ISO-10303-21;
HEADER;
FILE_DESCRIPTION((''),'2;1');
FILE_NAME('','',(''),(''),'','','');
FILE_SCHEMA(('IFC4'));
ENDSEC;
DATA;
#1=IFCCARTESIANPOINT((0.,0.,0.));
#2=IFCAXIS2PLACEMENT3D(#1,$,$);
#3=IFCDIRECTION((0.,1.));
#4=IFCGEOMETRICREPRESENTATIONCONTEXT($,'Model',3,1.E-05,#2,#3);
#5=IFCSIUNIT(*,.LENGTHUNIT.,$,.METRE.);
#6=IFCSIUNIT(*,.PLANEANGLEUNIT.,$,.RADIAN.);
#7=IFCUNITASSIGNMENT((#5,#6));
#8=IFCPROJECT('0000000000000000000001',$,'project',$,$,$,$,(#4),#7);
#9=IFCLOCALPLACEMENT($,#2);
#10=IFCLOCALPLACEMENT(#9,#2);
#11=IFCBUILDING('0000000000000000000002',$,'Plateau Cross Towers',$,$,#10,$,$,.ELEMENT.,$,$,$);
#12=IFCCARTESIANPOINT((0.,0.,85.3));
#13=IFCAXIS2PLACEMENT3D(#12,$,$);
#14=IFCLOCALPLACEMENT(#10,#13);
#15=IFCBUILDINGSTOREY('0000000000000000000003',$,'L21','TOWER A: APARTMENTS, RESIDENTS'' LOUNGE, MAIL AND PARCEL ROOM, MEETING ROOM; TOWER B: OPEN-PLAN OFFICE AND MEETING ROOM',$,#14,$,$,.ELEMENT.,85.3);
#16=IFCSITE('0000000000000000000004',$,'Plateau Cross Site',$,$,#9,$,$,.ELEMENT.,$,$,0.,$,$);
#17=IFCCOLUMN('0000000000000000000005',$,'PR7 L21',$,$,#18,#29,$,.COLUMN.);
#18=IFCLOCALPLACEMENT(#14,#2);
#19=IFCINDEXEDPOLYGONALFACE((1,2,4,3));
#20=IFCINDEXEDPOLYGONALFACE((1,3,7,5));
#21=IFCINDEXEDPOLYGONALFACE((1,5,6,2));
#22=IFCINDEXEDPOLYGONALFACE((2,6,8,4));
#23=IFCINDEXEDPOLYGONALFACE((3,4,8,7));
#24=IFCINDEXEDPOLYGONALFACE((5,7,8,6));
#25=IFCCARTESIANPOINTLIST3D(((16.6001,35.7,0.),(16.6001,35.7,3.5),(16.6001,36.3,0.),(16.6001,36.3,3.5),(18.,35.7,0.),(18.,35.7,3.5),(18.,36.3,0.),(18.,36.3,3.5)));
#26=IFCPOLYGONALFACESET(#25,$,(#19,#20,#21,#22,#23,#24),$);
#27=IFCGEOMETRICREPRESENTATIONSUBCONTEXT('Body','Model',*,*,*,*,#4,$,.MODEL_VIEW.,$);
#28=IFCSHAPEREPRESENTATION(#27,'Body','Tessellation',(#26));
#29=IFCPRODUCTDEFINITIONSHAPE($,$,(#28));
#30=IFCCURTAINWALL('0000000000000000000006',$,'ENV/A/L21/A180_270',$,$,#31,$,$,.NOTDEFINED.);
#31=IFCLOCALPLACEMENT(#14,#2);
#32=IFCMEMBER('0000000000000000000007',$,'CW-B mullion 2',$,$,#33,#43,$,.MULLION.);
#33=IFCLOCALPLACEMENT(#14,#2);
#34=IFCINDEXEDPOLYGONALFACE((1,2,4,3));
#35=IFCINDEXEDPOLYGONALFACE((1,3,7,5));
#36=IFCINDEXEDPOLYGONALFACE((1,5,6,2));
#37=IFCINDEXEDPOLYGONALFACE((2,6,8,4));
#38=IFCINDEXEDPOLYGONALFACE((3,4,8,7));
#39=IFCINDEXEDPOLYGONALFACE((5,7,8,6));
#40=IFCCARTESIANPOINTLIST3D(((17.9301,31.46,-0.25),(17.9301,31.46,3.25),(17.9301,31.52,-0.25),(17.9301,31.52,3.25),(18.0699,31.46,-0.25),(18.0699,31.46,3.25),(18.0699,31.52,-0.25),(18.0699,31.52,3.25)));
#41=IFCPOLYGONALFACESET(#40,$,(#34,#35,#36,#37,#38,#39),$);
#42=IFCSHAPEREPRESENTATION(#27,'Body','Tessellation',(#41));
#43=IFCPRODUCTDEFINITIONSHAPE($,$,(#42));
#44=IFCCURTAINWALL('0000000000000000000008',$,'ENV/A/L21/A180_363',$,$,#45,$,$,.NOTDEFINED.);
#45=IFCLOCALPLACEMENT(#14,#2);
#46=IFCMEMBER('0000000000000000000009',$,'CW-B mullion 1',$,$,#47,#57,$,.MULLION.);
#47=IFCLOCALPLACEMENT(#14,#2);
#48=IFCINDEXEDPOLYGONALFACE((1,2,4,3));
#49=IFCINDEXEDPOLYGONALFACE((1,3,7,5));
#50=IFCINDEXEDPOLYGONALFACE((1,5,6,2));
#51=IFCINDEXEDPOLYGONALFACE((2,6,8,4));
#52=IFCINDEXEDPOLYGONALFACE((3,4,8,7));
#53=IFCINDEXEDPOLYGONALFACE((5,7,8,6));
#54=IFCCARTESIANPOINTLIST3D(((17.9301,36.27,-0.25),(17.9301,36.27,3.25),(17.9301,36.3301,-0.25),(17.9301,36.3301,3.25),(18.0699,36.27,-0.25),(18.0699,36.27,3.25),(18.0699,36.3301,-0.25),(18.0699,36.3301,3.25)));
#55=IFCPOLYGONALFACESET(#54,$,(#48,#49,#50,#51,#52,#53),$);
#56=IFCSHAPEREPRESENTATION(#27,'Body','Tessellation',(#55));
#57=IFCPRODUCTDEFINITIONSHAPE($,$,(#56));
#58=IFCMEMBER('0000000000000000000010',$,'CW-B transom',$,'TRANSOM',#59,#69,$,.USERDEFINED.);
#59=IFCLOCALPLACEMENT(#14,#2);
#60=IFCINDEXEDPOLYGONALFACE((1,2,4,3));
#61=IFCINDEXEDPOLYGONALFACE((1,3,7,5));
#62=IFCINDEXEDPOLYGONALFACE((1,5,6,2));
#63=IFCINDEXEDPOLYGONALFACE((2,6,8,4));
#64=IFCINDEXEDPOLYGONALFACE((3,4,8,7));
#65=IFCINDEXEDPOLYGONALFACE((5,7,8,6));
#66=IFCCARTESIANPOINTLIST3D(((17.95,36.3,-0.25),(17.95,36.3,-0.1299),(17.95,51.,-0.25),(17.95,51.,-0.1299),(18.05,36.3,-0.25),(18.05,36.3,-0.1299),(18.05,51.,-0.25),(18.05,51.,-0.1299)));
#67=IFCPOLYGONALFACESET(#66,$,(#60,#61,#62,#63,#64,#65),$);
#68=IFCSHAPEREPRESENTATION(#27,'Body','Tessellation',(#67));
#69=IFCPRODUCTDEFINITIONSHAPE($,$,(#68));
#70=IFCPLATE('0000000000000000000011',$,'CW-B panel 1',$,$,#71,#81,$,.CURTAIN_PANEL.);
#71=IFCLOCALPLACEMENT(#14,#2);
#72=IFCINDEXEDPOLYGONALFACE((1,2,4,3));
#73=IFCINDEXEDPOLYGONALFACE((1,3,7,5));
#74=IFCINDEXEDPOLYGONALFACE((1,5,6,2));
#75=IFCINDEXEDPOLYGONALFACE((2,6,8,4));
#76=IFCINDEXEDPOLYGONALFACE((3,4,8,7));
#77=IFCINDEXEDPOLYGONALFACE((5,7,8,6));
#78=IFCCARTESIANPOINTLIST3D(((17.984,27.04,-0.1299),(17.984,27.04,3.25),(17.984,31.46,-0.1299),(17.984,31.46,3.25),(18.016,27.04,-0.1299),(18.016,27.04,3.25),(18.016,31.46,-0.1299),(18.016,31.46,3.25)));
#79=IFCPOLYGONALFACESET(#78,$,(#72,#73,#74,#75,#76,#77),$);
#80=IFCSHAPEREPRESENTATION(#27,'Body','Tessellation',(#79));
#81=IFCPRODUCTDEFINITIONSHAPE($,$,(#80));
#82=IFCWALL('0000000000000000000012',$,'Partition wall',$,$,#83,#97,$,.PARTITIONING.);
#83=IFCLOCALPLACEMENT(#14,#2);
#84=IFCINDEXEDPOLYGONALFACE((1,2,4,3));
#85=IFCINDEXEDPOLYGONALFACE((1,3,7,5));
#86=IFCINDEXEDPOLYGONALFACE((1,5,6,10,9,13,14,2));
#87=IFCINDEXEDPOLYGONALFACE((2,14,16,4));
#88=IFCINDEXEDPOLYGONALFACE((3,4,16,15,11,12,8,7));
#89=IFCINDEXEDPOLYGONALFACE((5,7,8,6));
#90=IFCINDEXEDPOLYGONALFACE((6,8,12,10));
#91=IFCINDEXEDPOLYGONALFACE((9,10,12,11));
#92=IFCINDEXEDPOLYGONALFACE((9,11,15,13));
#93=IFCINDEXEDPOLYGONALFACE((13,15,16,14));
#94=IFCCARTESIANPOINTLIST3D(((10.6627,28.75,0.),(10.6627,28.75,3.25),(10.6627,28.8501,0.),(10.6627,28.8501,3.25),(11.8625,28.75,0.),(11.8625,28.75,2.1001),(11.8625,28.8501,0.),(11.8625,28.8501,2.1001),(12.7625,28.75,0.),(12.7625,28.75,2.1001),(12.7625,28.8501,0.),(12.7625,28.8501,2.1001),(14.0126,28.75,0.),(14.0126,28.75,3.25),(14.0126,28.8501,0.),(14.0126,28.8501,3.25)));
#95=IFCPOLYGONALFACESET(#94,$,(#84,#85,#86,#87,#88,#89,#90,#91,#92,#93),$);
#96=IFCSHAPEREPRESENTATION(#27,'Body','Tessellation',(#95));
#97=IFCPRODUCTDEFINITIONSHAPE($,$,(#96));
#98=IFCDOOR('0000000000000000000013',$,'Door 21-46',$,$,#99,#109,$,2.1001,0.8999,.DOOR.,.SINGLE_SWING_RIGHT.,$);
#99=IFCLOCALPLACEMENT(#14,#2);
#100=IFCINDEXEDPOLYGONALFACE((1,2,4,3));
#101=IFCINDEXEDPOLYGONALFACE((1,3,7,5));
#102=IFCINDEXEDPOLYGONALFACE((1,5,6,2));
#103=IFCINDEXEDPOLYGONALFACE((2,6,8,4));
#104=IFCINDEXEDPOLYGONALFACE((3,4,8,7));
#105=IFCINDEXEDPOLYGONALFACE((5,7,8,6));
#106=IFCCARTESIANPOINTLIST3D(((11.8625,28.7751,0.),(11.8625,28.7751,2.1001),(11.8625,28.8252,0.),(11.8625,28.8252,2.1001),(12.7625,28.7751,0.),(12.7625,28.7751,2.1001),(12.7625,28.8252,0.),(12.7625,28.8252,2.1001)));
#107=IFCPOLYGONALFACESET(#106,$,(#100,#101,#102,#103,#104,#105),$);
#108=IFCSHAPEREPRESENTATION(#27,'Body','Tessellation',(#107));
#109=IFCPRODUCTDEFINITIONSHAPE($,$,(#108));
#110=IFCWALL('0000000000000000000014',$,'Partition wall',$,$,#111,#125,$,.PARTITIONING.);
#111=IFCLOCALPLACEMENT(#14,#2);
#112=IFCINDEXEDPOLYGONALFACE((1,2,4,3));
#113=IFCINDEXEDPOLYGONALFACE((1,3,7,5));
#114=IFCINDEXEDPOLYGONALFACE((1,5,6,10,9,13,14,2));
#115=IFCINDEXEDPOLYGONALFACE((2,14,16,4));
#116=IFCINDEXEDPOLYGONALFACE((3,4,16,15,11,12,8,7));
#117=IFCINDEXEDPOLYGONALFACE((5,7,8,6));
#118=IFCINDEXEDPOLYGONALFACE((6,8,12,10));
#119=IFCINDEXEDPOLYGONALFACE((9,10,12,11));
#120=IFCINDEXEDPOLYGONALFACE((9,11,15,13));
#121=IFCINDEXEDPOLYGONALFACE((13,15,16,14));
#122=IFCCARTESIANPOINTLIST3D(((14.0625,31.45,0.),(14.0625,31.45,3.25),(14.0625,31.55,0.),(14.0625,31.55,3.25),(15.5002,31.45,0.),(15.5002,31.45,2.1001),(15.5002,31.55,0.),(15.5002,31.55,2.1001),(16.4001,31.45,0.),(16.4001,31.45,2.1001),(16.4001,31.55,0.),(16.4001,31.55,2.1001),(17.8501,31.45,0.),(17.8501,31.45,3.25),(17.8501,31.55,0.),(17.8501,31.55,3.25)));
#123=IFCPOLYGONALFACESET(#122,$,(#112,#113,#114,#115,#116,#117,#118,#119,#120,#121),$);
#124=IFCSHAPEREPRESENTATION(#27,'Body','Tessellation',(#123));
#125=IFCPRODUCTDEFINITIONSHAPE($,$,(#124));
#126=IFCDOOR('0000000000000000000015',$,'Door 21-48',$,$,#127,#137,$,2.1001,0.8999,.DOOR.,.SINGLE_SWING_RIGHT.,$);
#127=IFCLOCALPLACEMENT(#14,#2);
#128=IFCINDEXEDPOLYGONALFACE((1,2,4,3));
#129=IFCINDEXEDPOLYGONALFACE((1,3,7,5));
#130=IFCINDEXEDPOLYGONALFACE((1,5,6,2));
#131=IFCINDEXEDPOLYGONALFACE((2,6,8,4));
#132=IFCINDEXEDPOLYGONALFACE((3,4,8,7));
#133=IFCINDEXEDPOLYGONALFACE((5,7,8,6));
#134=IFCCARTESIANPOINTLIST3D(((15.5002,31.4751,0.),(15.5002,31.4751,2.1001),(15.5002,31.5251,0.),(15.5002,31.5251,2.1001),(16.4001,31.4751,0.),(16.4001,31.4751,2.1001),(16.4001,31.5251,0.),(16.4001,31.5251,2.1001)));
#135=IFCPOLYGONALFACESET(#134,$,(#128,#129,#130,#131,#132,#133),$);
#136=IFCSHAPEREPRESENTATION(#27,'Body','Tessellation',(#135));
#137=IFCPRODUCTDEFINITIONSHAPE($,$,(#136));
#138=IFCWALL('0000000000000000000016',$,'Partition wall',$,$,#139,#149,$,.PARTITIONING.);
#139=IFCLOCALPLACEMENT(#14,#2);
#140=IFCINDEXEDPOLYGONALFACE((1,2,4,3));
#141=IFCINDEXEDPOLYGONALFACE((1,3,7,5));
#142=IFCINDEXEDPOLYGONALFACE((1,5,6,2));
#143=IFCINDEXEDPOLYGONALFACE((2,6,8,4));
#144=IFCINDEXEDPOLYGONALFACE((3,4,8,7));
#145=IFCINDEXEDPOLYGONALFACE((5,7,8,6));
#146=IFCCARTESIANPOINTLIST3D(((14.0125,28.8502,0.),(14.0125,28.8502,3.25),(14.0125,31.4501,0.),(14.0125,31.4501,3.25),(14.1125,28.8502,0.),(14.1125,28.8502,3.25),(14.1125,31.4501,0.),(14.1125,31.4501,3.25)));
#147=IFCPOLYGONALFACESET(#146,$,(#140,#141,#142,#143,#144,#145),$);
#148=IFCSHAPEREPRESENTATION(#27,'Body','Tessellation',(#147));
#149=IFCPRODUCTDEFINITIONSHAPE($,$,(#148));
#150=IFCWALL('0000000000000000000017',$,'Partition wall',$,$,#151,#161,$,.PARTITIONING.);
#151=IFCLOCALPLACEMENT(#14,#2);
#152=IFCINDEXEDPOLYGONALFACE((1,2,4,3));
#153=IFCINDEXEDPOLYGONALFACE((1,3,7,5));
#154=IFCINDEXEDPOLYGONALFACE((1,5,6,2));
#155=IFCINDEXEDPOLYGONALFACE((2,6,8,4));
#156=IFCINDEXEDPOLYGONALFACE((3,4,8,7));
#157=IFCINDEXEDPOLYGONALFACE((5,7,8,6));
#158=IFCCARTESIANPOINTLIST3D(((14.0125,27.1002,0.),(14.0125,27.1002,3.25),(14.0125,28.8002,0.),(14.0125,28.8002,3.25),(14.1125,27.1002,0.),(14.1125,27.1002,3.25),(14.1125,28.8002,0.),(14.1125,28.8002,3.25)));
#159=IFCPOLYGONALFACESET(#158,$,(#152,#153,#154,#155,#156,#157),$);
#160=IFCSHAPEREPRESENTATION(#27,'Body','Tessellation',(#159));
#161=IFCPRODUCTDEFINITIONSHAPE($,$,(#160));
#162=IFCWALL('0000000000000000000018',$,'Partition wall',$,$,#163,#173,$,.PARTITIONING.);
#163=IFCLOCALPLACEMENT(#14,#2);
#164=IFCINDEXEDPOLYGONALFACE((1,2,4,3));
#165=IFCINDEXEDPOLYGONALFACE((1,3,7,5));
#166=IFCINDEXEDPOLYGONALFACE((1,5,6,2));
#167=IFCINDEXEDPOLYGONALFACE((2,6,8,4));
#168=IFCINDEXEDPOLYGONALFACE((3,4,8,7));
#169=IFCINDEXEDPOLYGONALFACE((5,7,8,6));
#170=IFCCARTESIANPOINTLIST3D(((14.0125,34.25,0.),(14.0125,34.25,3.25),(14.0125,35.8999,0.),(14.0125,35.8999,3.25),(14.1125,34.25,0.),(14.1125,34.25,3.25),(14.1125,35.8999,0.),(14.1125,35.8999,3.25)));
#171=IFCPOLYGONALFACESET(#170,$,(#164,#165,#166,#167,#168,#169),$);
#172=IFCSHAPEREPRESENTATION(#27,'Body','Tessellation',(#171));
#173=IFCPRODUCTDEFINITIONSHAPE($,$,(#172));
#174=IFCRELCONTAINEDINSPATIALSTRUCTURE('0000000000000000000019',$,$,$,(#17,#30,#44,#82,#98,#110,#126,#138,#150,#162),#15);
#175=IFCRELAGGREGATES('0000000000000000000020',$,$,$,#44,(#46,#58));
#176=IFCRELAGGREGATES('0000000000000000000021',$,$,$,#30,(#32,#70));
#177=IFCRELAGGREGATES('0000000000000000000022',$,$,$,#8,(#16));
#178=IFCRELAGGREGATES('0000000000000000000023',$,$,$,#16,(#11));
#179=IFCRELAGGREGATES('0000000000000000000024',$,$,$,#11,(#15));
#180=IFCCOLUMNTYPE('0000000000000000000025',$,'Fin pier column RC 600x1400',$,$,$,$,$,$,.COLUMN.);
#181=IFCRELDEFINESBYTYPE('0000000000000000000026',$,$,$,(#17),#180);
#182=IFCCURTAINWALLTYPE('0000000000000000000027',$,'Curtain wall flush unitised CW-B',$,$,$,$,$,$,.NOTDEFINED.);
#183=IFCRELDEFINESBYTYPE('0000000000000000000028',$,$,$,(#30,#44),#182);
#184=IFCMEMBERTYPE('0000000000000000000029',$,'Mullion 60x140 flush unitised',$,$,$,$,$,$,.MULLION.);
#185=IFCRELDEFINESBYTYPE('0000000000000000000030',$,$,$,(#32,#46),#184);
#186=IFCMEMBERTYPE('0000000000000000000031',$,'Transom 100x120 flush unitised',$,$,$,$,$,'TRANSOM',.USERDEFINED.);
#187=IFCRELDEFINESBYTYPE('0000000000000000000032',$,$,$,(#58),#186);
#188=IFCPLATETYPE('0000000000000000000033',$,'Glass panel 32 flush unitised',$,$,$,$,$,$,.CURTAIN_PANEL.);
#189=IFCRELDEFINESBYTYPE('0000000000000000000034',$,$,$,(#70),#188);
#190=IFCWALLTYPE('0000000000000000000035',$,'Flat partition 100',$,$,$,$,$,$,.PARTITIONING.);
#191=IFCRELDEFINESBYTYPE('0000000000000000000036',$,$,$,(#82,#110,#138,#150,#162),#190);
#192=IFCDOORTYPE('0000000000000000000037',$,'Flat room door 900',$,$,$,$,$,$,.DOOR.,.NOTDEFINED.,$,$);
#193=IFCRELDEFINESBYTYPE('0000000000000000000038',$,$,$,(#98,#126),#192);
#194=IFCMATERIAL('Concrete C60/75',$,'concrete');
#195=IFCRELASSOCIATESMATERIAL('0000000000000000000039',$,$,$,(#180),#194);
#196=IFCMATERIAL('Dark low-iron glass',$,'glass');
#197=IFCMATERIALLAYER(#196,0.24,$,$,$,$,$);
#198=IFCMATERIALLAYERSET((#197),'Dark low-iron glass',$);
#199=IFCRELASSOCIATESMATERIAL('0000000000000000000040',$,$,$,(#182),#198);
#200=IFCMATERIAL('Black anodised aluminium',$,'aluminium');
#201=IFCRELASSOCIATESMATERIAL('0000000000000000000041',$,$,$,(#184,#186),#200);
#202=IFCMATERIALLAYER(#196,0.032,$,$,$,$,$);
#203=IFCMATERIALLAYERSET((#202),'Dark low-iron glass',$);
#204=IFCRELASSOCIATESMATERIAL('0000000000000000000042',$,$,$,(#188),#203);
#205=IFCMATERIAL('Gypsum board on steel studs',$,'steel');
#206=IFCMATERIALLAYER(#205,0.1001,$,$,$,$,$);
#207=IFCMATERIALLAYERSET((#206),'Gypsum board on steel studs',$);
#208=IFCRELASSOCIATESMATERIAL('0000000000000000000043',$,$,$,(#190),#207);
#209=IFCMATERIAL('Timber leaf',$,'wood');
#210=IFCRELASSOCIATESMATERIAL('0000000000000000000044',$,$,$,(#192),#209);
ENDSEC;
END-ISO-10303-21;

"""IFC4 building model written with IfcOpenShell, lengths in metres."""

from ifc_helpers import new_model, si_unit, direction, frame, frame_2d, origin, origin_2d, place, context, subcontext, project, spatial, rectangle, extrude, material, layer, layer_set, material_profile, profile_set, type_object, element, fill, aggregate, save


model = new_model("IFC4")

# Units and contexts
model_context = context("Model", 3, precision=1e-05, world=origin(), true_north=direction((0.0, 1.0)))
body_context = subcontext(model_context, "Body", "Model", "MODEL_VIEW")
ifc_project = project(units=[si_unit("LENGTHUNIT", "METRE"), si_unit("PLANEANGLEUNIT", "RADIAN")], contexts=[model_context])

# Site, building, storey
site_placement = place(None, origin())
site = spatial("IfcSite", under=ifc_project, at=site_placement, Name="Plateau Cross Site", CompositionType="ELEMENT", RefElevation=0.0)
building_placement = place(site_placement, origin())
building = spatial("IfcBuilding", under=site, at=building_placement, Name="Plateau Cross Towers", CompositionType="ELEMENT")
storey_placement = place(building_placement, frame((0.0, 0.0, 85.3)))
storey = spatial("IfcBuildingStorey", under=building, at=storey_placement, Name="L21", Description="TOWER A: APARTMENTS, RESIDENTS' LOUNGE, MAIL AND PARCEL ROOM, MEETING ROOM; TOWER B: OPEN-PLAN OFFICE AND MEETING ROOM", CompositionType="ELEMENT", Elevation=85.3)

# Column
ifc_material_1 = material(Name="Concrete C60/75", Category="concrete")
ifc_material_profile_1 = material_profile(ifc_material_1, rectangle(XDim=0.6001, YDim=1.3999, at=origin_2d()), Name="RC 600x1400")
ifc_profile_set_1 = profile_set([ifc_material_profile_1], Name="Concrete C60/75")
column_type = type_object("IfcColumnType", Name="Fin pier column RC 600x1400", PredefinedType="COLUMN", material=ifc_profile_set_1)
column_placement = place(storey_placement, frame((17.3, 36.0, 0.0), z_axis=(0.0, 0.0, 1.0), x_axis=(0.0, 1.0, 0.0)))
element("IfcColumn", 1, at=column_placement, inside=storey, type_object=column_type, Name="PR7 L21", PredefinedType="COLUMN", context=body_context, shape_type="SweptSolid", body=[
    extrude(rectangle(XDim=0.6001, YDim=1.3999, at=origin_2d()), origin(), (0.0, 0.0, 1.0), 3.5),
])

# Curtain wall, member
ifc_material_2 = material(Name="Dark low-iron glass", Category="glass")
ifc_layer_1 = layer(ifc_material_2, 0.24)
ifc_layer_set_1 = layer_set([ifc_layer_1], Name="Dark low-iron glass")
curtain_wall_type = type_object("IfcCurtainWallType", Name="Curtain wall flush unitised CW-B", PredefinedType="NOTDEFINED", material=ifc_layer_set_1)
curtain_wall_1_placement = place(storey_placement, origin())
curtain_wall_1 = element("IfcCurtainWall", 2, at=curtain_wall_1_placement, inside=storey, type_object=curtain_wall_type, Name="ENV/A/L21/A180_270", PredefinedType="NOTDEFINED")
ifc_material_3 = material(Name="Black anodised aluminium", Category="aluminium")
ifc_material_profile_2 = material_profile(ifc_material_3, rectangle(XDim=0.0601, YDim=0.1399, at=origin_2d()), Name="MULLION 60x140")
ifc_profile_set_2 = profile_set([ifc_material_profile_2], Name="Black anodised aluminium")
member_type_1 = type_object("IfcMemberType", Name="Mullion 60x140 flush unitised", PredefinedType="MULLION", material=ifc_profile_set_2)
member_1_placement = place(storey_placement, frame((18.0, 31.49, -0.25), z_axis=(0.0, 0.0, 1.0), x_axis=(0.0, 1.0, 0.0)))
member_1 = element("IfcMember", 3, at=member_1_placement, type_object=member_type_1, Name="CW-B mullion 2", PredefinedType="MULLION", context=body_context, shape_type="SweptSolid", body=[
    extrude(rectangle(XDim=0.0601, YDim=0.1399, at=origin_2d()), origin(), (0.0, 0.0, 1.0), 3.5),
])

# Curtain wall, members
curtain_wall_2_placement = place(storey_placement, origin())
curtain_wall_2 = element("IfcCurtainWall", 4, at=curtain_wall_2_placement, inside=storey, type_object=curtain_wall_type, Name="ENV/A/L21/A180_363", PredefinedType="NOTDEFINED")
member_2_placement = place(storey_placement, frame((18.0, 36.3, -0.25), z_axis=(0.0, 0.0, 1.0), x_axis=(0.0, 1.0, 0.0)))
member_2 = element("IfcMember", 5, at=member_2_placement, type_object=member_type_1, Name="CW-B mullion 1", PredefinedType="MULLION", context=body_context, shape_type="SweptSolid", body=[
    extrude(rectangle(XDim=0.0601, YDim=0.1399, at=origin_2d()), origin(), (0.0, 0.0, 1.0), 3.5),
])
ifc_material_profile_3 = material_profile(ifc_material_3, rectangle(XDim=0.1001, YDim=0.1201, at=origin_2d()), Name="TRANSOM 100x120")
ifc_profile_set_3 = profile_set([ifc_material_profile_3], Name="Black anodised aluminium")
member_type_2 = type_object("IfcMemberType", Name="Transom 100x120 flush unitised", ElementType="TRANSOM", PredefinedType="USERDEFINED", material=ifc_profile_set_3)
member_3_placement = place(storey_placement, frame((18.0, 36.3, -0.1899), z_axis=(0.0, 1.0, 0.0), x_axis=(-1.0, 0.0, 0.0)))
member_3 = element("IfcMember", 6, at=member_3_placement, type_object=member_type_2, Name="CW-B transom", ObjectType="TRANSOM", PredefinedType="USERDEFINED", context=body_context, shape_type="SweptSolid", body=[
    extrude(rectangle(XDim=0.1001, YDim=0.1201, at=origin_2d()), origin(), (0.0, 0.0, 1.0), 14.7),
])
aggregate(curtain_wall_2, [member_2, member_3])

# Plate
ifc_layer_2 = layer(ifc_material_2, 0.032)
ifc_layer_set_2 = layer_set([ifc_layer_2], Name="Dark low-iron glass")
plate_type = type_object("IfcPlateType", Name="Glass panel 32 flush unitised", PredefinedType="CURTAIN_PANEL", material=ifc_layer_set_2)
plate_placement = place(storey_placement, frame((18.0, 29.25, -0.1299), z_axis=(0.0, 0.0, 1.0), x_axis=(0.0, 1.0, 0.0)))
plate = element("IfcPlate", 7, at=plate_placement, type_object=plate_type, Name="CW-B panel 1", PredefinedType="CURTAIN_PANEL", context=body_context, shape_type="SweptSolid", body=[
    extrude(rectangle(XDim=4.4199, YDim=0.032, at=origin_2d()), origin(), (0.0, 0.0, 1.0), 3.3799),
])
aggregate(curtain_wall_1, [member_1, plate])

# Walls, openings, doors
ifc_material_4 = material(Name="Gypsum board on steel studs", Category="steel")
ifc_layer_3 = layer(ifc_material_4, 0.1001)
ifc_layer_set_3 = layer_set([ifc_layer_3], Name="Gypsum board on steel studs")
wall_type_1 = type_object("IfcWallType", Name="Flat partition 100", PredefinedType="PARTITIONING", material=ifc_layer_set_3)
wall_1_placement = place(storey_placement, frame((14.0125, 28.8, 0.0), z_axis=(0.0, 0.0, 1.0), x_axis=(-1.0, 0.0, 0.0)))
wall_1 = element("IfcWall", 8, at=wall_1_placement, inside=storey, type_object=wall_type_1, Name="Partition wall", PredefinedType="PARTITIONING", context=body_context, shape_type="SweptSolid", body=[
    extrude(rectangle(XDim=3.3499, YDim=0.1001, at=frame_2d((1.6748, 0.0))), origin(), (0.0, 0.0, 1.0), 3.25),
])
opening_1_placement = place(wall_1_placement, frame((1.25, 0.0, 0.0)))
opening_1 = element("IfcOpeningElement", 9, at=opening_1_placement, cuts=wall_1, PredefinedType="OPENING", context=body_context, shape_type="SweptSolid", body=[
    extrude(rectangle(XDim=0.8999, YDim=2.1001, at=frame_2d((0.45, 1.05))), frame((0.0, 0.0601, 0.0), z_axis=(0.0, -1.0, 0.0), x_axis=(1.0, 0.0, 0.0)), (0.0, 0.0, 1.0), 0.1201),
])
ifc_material_5 = material(Name="Timber leaf", Category="wood")
door_type_1 = type_object("IfcDoorType", Name="Flat room door 900", OperationType="NOTDEFINED", PredefinedType="DOOR", material=ifc_material_5)
door_1_placement = place(opening_1_placement, origin())
door_1 = element("IfcDoor", 10, at=door_1_placement, inside=storey, type_object=door_type_1, Name="Door 21-46", OperationType="SINGLE_SWING_RIGHT", OverallHeight=2.1001, OverallWidth=0.8999, PredefinedType="DOOR", context=body_context, shape_type="SweptSolid", body=[
    extrude(rectangle(XDim=0.8999, YDim=2.1001, at=frame_2d((0.45, 1.05))), frame((0.0, 0.0249, 0.0), z_axis=(0.0, -1.0, 0.0), x_axis=(1.0, 0.0, 0.0)), (0.0, 0.0, 1.0), 0.05),
])
fill(opening_1, door_1)
wall_2_placement = place(storey_placement, frame((17.8501, 31.5, 0.0), z_axis=(0.0, 0.0, 1.0), x_axis=(-1.0, 0.0, 0.0)))
wall_2 = element("IfcWall", 11, at=wall_2_placement, inside=storey, type_object=wall_type_1, Name="Partition wall", PredefinedType="PARTITIONING", context=body_context, shape_type="SweptSolid", body=[
    extrude(rectangle(XDim=3.7876, YDim=0.1001, at=frame_2d((1.8938, 0.0))), origin(), (0.0, 0.0, 1.0), 3.25),
])
opening_2_placement = place(wall_2_placement, frame((1.45, 0.0, 0.0)))
opening_2 = element("IfcOpeningElement", 12, at=opening_2_placement, cuts=wall_2, PredefinedType="OPENING", context=body_context, shape_type="SweptSolid", body=[
    extrude(rectangle(XDim=0.8999, YDim=2.1001, at=frame_2d((0.45, 1.05))), frame((0.0, 0.0601, 0.0), z_axis=(0.0, -1.0, 0.0), x_axis=(1.0, 0.0, 0.0)), (0.0, 0.0, 1.0), 0.1201),
])
door_2_placement = place(opening_2_placement, origin())
door_2 = element("IfcDoor", 13, at=door_2_placement, inside=storey, type_object=door_type_1, Name="Door 21-48", OperationType="SINGLE_SWING_RIGHT", OverallHeight=2.1001, OverallWidth=0.8999, PredefinedType="DOOR", context=body_context, shape_type="SweptSolid", body=[
    extrude(rectangle(XDim=0.8999, YDim=2.1001, at=frame_2d((0.45, 1.05))), frame((0.0, 0.0249, 0.0), z_axis=(0.0, -1.0, 0.0), x_axis=(1.0, 0.0, 0.0)), (0.0, 0.0, 1.0), 0.05),
])
fill(opening_2, door_2)

# Walls
wall_3_placement = place(storey_placement, frame((14.0625, 31.45, 0.0), z_axis=(0.0, 0.0, 1.0), x_axis=(0.0, -1.0, 0.0)))
element("IfcWall", 14, at=wall_3_placement, inside=storey, type_object=wall_type_1, Name="Partition wall", PredefinedType="PARTITIONING", context=body_context, shape_type="SweptSolid", body=[
    extrude(rectangle(XDim=2.5999, YDim=0.1001, at=frame_2d((1.2998, 0.0))), origin(), (0.0, 0.0, 1.0), 3.25),
])
wall_4_placement = place(storey_placement, frame((14.0625, 27.1001, 0.0), z_axis=(0.0, 0.0, 1.0), x_axis=(0.0, 1.0, 0.0)))
element("IfcWall", 15, at=wall_4_placement, inside=storey, type_object=wall_type_1, Name="Partition wall", PredefinedType="PARTITIONING", context=body_context, shape_type="SweptSolid", body=[
    extrude(rectangle(XDim=1.7, YDim=0.1001, at=frame_2d((0.8501, 0.0))), origin(), (0.0, 0.0, 1.0), 3.25),
])
wall_5_placement = place(storey_placement, frame((14.0625, 34.25, 0.0), z_axis=(0.0, 0.0, 1.0), x_axis=(0.0, 1.0, 0.0)))
element("IfcWall", 16, at=wall_5_placement, inside=storey, type_object=wall_type_1, Name="Partition wall", PredefinedType="PARTITIONING", context=body_context, shape_type="SweptSolid", body=[
    extrude(rectangle(XDim=1.6499, YDim=0.1001, at=frame_2d((0.825, 0.0))), origin(), (0.0, 0.0, 1.0), 3.25),
])

save(model, "model.ifc")
